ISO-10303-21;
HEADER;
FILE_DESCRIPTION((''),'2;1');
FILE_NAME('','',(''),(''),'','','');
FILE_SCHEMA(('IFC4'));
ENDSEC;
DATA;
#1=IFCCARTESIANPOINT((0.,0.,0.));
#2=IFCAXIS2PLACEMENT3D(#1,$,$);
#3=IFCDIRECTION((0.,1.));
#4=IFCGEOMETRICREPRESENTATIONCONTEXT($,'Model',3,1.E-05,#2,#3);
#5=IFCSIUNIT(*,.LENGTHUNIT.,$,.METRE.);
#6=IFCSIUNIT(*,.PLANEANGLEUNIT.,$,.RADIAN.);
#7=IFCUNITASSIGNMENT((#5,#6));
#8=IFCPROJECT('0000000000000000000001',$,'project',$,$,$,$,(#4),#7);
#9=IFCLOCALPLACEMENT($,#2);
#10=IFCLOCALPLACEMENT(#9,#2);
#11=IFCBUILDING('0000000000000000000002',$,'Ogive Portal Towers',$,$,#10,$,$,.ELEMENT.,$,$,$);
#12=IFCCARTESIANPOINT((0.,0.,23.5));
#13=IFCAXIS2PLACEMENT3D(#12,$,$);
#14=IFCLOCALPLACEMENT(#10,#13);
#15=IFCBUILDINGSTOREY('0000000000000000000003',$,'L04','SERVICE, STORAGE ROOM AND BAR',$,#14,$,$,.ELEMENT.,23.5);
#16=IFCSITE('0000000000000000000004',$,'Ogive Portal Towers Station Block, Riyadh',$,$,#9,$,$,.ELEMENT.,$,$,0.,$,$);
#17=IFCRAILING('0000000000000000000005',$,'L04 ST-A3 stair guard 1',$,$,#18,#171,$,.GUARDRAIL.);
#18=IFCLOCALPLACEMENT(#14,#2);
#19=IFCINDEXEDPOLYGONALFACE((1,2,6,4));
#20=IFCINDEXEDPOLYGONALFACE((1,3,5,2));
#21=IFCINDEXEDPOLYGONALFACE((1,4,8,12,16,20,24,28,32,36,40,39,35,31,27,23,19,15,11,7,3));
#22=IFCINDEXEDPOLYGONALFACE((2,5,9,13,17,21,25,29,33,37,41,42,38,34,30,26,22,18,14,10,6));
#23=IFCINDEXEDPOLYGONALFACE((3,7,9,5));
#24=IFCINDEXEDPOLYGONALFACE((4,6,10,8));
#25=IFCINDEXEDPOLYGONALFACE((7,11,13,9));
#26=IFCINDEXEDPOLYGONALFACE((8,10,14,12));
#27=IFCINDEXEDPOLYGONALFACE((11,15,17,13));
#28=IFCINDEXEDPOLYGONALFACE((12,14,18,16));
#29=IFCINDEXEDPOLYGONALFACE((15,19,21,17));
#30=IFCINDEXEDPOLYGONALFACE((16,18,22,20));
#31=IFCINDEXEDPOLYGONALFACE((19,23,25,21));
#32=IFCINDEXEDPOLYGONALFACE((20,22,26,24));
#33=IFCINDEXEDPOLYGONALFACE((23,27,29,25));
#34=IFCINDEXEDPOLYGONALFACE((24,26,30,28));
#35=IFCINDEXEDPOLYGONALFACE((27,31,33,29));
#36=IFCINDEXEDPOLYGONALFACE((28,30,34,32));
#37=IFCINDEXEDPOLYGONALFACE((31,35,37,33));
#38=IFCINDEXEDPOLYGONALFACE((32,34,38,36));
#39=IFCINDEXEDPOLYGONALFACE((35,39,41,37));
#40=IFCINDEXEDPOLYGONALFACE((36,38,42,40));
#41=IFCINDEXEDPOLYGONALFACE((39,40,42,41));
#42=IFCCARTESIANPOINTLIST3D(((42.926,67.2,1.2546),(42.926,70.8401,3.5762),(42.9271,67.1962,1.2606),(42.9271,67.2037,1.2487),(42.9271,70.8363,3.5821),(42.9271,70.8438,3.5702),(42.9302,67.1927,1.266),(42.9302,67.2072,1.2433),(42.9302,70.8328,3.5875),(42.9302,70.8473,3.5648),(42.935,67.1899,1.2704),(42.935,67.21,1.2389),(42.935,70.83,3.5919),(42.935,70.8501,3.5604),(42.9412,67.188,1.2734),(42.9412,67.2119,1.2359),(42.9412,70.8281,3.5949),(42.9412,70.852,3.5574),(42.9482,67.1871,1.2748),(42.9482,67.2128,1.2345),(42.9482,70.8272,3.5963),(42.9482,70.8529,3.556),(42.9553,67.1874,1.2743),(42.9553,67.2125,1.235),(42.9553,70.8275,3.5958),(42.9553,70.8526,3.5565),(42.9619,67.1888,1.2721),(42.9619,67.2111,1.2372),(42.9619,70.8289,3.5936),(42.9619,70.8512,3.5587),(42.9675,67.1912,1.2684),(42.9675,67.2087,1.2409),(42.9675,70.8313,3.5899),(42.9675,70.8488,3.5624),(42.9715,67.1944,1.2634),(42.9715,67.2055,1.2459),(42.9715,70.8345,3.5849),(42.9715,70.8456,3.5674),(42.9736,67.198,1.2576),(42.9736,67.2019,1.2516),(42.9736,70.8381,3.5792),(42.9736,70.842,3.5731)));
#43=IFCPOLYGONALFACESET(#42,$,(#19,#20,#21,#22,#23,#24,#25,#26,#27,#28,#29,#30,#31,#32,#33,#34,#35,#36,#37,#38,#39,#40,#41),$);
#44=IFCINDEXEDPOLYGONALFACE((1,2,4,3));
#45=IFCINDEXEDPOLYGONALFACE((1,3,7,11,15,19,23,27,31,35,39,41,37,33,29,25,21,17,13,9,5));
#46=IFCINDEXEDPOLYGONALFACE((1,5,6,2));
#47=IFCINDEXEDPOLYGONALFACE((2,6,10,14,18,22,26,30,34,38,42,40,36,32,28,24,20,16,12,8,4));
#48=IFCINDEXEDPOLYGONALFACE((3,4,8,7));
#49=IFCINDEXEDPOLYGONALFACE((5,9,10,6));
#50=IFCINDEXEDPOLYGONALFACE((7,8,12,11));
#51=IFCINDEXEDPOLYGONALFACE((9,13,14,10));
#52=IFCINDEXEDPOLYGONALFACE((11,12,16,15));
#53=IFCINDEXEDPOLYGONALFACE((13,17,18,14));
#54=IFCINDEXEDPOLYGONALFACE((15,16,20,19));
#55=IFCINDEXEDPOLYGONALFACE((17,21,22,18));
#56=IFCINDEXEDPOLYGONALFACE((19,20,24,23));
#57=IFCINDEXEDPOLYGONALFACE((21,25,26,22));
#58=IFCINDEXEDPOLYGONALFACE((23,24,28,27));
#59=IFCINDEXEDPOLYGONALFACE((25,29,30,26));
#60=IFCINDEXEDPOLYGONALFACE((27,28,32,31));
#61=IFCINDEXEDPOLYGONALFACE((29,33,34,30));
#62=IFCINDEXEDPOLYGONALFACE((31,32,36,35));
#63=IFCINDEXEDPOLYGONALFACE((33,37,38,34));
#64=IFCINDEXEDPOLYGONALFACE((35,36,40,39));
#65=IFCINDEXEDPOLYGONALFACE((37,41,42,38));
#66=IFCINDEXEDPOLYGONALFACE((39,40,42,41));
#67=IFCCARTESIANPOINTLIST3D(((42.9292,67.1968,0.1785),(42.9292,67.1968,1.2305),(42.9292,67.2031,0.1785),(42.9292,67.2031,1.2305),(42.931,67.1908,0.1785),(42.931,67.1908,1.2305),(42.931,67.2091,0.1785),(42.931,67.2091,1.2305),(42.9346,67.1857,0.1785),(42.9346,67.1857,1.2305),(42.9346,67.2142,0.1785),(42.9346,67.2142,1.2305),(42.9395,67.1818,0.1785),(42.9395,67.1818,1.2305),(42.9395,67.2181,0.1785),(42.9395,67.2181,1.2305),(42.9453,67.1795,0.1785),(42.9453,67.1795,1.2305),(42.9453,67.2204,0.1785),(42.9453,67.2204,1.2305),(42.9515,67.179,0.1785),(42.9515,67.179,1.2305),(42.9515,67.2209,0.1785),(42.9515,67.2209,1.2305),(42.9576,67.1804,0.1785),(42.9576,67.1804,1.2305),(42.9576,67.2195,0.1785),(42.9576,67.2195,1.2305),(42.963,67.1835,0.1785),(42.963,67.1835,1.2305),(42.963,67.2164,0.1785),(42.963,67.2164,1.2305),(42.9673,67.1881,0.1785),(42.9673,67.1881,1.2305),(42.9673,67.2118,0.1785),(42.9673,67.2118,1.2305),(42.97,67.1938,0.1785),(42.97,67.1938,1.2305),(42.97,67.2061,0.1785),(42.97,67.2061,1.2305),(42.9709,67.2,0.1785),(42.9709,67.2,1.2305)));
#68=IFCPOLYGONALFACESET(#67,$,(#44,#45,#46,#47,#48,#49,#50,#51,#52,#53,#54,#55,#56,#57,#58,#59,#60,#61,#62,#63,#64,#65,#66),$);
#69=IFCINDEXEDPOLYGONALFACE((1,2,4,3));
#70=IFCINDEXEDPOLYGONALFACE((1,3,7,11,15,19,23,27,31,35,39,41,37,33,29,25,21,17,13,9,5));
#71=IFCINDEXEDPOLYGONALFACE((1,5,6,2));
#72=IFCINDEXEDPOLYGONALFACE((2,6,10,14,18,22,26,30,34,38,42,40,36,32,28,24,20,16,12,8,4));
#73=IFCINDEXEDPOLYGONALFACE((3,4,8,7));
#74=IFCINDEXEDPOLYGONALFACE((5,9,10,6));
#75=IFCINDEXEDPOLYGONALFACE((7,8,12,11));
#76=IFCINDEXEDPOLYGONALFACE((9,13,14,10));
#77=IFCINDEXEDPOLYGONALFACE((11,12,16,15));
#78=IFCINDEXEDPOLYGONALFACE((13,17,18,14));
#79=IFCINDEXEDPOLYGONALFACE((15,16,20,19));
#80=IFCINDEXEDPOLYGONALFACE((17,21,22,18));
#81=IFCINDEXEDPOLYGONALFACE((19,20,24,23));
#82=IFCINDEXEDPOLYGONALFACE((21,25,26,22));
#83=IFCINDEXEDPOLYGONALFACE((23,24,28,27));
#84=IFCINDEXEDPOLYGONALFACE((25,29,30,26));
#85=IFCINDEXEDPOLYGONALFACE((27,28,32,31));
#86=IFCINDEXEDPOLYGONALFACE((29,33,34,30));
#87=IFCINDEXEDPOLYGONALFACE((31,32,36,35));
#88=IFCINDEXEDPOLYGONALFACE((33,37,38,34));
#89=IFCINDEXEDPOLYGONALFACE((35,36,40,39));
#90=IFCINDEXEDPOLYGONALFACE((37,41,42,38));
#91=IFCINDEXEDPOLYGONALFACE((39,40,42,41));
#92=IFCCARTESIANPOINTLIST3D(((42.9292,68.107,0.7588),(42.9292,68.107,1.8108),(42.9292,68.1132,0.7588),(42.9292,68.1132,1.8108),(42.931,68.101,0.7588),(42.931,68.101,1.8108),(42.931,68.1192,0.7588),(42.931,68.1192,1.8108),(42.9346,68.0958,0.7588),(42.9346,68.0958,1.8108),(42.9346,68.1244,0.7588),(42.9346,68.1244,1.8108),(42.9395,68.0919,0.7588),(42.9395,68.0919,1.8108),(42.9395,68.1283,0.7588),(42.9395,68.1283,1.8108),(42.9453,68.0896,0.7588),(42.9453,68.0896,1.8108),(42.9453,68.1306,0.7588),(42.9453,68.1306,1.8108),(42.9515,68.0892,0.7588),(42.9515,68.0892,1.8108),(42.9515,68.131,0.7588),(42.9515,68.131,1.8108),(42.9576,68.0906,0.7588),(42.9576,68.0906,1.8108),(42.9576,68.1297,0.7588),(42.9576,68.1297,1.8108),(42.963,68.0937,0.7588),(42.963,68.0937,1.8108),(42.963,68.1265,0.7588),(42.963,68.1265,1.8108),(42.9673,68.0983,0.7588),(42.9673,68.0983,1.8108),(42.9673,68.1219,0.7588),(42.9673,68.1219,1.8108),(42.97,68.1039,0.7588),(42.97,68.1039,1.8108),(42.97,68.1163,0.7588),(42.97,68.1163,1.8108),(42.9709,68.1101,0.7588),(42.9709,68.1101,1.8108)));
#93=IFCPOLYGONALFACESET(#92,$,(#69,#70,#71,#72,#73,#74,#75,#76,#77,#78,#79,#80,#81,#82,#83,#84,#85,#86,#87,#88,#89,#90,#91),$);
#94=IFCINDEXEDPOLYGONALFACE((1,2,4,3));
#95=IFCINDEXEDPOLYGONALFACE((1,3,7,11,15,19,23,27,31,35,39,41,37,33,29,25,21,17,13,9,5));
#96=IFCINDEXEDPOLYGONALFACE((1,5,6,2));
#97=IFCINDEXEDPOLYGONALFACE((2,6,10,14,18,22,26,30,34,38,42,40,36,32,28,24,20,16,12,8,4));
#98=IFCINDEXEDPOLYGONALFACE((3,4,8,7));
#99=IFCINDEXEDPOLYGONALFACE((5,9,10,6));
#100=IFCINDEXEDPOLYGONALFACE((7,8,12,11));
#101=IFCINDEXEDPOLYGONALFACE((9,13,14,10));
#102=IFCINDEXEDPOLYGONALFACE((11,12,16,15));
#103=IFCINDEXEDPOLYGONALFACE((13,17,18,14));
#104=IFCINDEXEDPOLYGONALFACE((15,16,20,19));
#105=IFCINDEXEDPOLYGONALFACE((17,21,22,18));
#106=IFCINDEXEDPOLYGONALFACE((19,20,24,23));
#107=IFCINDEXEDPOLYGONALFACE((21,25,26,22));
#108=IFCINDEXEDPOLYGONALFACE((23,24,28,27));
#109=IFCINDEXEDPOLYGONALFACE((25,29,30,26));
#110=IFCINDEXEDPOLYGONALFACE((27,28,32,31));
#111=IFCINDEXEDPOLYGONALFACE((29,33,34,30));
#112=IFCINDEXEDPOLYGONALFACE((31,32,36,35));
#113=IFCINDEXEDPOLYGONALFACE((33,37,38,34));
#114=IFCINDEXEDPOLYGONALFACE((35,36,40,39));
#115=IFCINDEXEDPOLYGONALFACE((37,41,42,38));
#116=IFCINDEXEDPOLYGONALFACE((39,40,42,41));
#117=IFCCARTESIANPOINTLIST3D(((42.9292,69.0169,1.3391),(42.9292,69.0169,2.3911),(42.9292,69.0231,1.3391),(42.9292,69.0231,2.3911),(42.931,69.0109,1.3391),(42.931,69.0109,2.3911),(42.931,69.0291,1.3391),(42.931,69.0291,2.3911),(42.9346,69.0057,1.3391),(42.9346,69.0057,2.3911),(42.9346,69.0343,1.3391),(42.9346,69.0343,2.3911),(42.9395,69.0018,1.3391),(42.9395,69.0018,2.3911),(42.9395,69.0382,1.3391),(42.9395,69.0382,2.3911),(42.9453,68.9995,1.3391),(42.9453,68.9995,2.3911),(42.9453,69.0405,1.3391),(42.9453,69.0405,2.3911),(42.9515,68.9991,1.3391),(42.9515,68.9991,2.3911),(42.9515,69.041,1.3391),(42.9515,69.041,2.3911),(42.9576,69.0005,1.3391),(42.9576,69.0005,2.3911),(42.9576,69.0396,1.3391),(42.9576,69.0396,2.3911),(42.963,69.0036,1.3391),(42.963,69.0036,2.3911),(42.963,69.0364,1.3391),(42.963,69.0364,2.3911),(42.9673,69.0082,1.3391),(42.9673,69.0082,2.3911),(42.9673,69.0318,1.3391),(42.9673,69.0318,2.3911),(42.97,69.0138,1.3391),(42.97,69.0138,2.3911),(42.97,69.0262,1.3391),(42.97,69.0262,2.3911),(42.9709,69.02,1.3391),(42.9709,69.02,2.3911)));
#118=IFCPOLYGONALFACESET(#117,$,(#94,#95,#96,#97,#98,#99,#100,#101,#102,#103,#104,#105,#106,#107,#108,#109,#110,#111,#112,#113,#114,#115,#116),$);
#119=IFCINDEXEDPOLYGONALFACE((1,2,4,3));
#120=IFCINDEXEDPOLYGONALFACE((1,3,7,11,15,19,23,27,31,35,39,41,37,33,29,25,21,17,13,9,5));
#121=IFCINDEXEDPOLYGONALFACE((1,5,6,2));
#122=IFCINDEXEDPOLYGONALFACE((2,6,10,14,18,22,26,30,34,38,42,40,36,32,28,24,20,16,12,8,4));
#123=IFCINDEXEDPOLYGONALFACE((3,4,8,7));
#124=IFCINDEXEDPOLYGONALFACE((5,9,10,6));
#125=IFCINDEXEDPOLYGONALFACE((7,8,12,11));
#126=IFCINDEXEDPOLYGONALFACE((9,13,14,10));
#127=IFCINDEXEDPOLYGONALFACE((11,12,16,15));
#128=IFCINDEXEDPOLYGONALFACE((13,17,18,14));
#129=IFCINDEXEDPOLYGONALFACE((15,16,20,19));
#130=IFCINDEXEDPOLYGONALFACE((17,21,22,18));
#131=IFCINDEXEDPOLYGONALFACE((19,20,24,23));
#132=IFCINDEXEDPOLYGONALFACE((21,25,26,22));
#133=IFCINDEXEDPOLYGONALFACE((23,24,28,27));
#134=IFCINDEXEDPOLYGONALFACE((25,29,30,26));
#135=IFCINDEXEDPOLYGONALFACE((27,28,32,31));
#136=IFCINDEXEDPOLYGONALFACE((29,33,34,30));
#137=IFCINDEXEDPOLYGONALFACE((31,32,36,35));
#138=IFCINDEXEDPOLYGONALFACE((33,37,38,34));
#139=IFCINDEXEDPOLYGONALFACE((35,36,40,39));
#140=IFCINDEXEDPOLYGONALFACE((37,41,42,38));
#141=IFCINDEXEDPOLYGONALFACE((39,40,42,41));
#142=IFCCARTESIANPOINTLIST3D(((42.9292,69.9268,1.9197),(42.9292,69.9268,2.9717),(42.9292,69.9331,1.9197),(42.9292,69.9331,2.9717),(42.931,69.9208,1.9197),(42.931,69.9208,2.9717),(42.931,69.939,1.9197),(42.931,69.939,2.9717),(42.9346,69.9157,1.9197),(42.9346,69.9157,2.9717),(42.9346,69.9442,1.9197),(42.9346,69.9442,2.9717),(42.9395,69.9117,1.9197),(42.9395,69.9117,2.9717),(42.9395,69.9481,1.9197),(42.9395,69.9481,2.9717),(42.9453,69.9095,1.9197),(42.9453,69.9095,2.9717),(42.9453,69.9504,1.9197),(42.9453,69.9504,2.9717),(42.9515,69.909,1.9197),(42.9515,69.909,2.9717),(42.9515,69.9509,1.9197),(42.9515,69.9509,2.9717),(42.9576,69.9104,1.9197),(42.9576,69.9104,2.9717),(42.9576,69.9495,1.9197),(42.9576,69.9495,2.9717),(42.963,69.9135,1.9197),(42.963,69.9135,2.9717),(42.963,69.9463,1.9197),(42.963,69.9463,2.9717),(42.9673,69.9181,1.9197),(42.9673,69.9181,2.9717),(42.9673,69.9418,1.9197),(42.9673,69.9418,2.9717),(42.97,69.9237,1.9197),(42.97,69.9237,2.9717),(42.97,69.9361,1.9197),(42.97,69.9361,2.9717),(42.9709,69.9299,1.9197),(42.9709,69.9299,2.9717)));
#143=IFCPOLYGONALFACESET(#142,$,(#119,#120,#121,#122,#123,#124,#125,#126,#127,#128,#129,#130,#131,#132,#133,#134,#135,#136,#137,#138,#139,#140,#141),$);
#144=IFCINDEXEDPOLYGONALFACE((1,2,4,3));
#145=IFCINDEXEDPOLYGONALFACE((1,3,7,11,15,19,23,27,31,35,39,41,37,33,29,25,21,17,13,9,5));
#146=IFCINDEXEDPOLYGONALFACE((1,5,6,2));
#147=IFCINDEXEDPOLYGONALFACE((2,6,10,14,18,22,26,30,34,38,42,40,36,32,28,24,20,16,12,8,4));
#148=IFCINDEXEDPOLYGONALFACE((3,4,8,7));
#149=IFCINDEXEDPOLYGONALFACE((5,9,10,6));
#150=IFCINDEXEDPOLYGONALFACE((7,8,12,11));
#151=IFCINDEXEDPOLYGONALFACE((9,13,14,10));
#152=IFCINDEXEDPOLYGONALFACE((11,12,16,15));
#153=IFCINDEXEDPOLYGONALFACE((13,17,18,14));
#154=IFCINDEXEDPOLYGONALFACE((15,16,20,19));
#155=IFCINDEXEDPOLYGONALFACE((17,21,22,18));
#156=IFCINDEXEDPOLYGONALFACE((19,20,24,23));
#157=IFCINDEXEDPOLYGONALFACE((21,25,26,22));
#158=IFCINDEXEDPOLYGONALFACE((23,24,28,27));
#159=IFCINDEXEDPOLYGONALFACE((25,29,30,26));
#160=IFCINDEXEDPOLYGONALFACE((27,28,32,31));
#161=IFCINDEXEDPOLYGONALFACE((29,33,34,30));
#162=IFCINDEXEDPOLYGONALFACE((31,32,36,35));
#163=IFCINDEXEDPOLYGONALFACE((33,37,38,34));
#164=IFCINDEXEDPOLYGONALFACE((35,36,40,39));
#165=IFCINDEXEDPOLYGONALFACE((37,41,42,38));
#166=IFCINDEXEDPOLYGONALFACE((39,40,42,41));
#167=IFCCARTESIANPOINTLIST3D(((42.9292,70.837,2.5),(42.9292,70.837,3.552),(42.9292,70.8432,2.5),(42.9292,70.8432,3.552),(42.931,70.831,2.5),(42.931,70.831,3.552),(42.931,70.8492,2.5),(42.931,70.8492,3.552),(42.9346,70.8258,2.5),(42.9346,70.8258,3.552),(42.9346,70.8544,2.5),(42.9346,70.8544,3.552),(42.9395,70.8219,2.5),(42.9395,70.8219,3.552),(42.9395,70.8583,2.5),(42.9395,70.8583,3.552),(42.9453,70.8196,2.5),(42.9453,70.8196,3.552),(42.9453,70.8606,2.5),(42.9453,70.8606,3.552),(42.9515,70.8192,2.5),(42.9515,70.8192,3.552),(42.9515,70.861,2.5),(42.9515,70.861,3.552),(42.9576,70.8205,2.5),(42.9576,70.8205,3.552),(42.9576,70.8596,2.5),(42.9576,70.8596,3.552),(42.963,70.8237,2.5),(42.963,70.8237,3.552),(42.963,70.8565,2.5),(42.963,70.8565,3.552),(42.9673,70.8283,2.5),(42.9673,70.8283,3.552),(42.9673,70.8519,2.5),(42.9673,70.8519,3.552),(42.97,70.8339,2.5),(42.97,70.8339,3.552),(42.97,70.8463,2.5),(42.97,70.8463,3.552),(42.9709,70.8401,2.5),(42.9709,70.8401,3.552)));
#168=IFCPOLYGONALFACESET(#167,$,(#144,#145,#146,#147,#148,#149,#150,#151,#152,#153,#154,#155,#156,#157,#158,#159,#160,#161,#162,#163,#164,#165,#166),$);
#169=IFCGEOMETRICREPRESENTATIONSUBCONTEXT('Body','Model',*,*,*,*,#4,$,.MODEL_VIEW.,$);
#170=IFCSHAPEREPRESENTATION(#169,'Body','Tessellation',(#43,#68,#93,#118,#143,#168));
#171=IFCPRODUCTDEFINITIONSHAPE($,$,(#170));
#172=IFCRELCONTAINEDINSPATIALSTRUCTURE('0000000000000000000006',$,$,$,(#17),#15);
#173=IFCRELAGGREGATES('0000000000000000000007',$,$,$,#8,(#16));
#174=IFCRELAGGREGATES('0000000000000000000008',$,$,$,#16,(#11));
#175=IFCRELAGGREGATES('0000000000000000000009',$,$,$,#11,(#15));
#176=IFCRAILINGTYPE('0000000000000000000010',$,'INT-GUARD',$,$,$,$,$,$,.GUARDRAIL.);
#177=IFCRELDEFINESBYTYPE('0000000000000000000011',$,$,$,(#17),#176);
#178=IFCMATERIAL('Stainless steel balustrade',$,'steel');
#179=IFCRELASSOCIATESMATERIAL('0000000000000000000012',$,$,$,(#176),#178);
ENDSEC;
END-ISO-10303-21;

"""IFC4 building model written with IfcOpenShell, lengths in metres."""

from ifc_helpers import new_model, si_unit, direction, frame, origin, origin_2d, place, context, subcontext, project, spatial, circle, extrude, material, type_object, element, save


model = new_model("IFC4")

# Units and contexts
model_context = context("Model", 3, precision=1e-05, world=origin(), true_north=direction((0.0, 1.0)))
body_context = subcontext(model_context, "Body", "Model", "MODEL_VIEW")
ifc_project = project(units=[si_unit("LENGTHUNIT", "METRE"), si_unit("PLANEANGLEUNIT", "RADIAN")], contexts=[model_context])

# Site, building, storey
site_placement = place(None, origin())
site = spatial("IfcSite", under=ifc_project, at=site_placement, Name="Ogive Portal Towers Station Block, Riyadh", CompositionType="ELEMENT", RefElevation=0.0)
building_placement = place(site_placement, origin())
building = spatial("IfcBuilding", under=site, at=building_placement, Name="Ogive Portal Towers", CompositionType="ELEMENT")
storey_placement = place(building_placement, frame((0.0, 0.0, 23.5)))
storey = spatial("IfcBuildingStorey", under=building, at=storey_placement, Name="L04", Description="SERVICE, STORAGE ROOM AND BAR", CompositionType="ELEMENT", Elevation=23.5)

# Railing
ifc_material_1 = material(Name="Stainless steel balustrade", Category="steel")
railing_type_1 = type_object("IfcRailingType", Name="INT-GUARD", PredefinedType="GUARDRAIL", material=ifc_material_1)
railing_1_placement = place(storey_placement, frame((42.95, 67.2, 0.1785)))
element("IfcRailing", 1, at=railing_1_placement, inside=storey, type_object=railing_type_1, Name="L04 ST-A3 stair guard 1", PredefinedType="GUARDRAIL", context=body_context, shape_type="SweptSolid", body=[
    extrude(circle(Radius=0.0239, at=origin_2d()), frame((0.0, 0.0, 1.0762), z_axis=(0.0, 0.843128, 0.537713), x_axis=(-1.0, 0.0, 0.0)), (0.0, 0.0, 1.0), 4.3174),
    extrude(circle(Radius=0.021, at=origin_2d()), origin(), (0.0, 0.0, 1.0), 1.052),
    extrude(circle(Radius=0.021, at=origin_2d()), frame((0.0, 0.9102, 0.5803)), (0.0, 0.0, 1.0), 1.052),
    extrude(circle(Radius=0.021, at=origin_2d()), frame((0.0, 1.8201, 1.1606)), (0.0, 0.0, 1.0), 1.052),
    extrude(circle(Radius=0.021, at=origin_2d()), frame((0.0, 2.73, 1.7412)), (0.0, 0.0, 1.0), 1.052),
    extrude(circle(Radius=0.021, at=origin_2d()), frame((0.0, 3.6401, 2.3215)), (0.0, 0.0, 1.0), 1.052),
])

save(model, "model.ifc")
